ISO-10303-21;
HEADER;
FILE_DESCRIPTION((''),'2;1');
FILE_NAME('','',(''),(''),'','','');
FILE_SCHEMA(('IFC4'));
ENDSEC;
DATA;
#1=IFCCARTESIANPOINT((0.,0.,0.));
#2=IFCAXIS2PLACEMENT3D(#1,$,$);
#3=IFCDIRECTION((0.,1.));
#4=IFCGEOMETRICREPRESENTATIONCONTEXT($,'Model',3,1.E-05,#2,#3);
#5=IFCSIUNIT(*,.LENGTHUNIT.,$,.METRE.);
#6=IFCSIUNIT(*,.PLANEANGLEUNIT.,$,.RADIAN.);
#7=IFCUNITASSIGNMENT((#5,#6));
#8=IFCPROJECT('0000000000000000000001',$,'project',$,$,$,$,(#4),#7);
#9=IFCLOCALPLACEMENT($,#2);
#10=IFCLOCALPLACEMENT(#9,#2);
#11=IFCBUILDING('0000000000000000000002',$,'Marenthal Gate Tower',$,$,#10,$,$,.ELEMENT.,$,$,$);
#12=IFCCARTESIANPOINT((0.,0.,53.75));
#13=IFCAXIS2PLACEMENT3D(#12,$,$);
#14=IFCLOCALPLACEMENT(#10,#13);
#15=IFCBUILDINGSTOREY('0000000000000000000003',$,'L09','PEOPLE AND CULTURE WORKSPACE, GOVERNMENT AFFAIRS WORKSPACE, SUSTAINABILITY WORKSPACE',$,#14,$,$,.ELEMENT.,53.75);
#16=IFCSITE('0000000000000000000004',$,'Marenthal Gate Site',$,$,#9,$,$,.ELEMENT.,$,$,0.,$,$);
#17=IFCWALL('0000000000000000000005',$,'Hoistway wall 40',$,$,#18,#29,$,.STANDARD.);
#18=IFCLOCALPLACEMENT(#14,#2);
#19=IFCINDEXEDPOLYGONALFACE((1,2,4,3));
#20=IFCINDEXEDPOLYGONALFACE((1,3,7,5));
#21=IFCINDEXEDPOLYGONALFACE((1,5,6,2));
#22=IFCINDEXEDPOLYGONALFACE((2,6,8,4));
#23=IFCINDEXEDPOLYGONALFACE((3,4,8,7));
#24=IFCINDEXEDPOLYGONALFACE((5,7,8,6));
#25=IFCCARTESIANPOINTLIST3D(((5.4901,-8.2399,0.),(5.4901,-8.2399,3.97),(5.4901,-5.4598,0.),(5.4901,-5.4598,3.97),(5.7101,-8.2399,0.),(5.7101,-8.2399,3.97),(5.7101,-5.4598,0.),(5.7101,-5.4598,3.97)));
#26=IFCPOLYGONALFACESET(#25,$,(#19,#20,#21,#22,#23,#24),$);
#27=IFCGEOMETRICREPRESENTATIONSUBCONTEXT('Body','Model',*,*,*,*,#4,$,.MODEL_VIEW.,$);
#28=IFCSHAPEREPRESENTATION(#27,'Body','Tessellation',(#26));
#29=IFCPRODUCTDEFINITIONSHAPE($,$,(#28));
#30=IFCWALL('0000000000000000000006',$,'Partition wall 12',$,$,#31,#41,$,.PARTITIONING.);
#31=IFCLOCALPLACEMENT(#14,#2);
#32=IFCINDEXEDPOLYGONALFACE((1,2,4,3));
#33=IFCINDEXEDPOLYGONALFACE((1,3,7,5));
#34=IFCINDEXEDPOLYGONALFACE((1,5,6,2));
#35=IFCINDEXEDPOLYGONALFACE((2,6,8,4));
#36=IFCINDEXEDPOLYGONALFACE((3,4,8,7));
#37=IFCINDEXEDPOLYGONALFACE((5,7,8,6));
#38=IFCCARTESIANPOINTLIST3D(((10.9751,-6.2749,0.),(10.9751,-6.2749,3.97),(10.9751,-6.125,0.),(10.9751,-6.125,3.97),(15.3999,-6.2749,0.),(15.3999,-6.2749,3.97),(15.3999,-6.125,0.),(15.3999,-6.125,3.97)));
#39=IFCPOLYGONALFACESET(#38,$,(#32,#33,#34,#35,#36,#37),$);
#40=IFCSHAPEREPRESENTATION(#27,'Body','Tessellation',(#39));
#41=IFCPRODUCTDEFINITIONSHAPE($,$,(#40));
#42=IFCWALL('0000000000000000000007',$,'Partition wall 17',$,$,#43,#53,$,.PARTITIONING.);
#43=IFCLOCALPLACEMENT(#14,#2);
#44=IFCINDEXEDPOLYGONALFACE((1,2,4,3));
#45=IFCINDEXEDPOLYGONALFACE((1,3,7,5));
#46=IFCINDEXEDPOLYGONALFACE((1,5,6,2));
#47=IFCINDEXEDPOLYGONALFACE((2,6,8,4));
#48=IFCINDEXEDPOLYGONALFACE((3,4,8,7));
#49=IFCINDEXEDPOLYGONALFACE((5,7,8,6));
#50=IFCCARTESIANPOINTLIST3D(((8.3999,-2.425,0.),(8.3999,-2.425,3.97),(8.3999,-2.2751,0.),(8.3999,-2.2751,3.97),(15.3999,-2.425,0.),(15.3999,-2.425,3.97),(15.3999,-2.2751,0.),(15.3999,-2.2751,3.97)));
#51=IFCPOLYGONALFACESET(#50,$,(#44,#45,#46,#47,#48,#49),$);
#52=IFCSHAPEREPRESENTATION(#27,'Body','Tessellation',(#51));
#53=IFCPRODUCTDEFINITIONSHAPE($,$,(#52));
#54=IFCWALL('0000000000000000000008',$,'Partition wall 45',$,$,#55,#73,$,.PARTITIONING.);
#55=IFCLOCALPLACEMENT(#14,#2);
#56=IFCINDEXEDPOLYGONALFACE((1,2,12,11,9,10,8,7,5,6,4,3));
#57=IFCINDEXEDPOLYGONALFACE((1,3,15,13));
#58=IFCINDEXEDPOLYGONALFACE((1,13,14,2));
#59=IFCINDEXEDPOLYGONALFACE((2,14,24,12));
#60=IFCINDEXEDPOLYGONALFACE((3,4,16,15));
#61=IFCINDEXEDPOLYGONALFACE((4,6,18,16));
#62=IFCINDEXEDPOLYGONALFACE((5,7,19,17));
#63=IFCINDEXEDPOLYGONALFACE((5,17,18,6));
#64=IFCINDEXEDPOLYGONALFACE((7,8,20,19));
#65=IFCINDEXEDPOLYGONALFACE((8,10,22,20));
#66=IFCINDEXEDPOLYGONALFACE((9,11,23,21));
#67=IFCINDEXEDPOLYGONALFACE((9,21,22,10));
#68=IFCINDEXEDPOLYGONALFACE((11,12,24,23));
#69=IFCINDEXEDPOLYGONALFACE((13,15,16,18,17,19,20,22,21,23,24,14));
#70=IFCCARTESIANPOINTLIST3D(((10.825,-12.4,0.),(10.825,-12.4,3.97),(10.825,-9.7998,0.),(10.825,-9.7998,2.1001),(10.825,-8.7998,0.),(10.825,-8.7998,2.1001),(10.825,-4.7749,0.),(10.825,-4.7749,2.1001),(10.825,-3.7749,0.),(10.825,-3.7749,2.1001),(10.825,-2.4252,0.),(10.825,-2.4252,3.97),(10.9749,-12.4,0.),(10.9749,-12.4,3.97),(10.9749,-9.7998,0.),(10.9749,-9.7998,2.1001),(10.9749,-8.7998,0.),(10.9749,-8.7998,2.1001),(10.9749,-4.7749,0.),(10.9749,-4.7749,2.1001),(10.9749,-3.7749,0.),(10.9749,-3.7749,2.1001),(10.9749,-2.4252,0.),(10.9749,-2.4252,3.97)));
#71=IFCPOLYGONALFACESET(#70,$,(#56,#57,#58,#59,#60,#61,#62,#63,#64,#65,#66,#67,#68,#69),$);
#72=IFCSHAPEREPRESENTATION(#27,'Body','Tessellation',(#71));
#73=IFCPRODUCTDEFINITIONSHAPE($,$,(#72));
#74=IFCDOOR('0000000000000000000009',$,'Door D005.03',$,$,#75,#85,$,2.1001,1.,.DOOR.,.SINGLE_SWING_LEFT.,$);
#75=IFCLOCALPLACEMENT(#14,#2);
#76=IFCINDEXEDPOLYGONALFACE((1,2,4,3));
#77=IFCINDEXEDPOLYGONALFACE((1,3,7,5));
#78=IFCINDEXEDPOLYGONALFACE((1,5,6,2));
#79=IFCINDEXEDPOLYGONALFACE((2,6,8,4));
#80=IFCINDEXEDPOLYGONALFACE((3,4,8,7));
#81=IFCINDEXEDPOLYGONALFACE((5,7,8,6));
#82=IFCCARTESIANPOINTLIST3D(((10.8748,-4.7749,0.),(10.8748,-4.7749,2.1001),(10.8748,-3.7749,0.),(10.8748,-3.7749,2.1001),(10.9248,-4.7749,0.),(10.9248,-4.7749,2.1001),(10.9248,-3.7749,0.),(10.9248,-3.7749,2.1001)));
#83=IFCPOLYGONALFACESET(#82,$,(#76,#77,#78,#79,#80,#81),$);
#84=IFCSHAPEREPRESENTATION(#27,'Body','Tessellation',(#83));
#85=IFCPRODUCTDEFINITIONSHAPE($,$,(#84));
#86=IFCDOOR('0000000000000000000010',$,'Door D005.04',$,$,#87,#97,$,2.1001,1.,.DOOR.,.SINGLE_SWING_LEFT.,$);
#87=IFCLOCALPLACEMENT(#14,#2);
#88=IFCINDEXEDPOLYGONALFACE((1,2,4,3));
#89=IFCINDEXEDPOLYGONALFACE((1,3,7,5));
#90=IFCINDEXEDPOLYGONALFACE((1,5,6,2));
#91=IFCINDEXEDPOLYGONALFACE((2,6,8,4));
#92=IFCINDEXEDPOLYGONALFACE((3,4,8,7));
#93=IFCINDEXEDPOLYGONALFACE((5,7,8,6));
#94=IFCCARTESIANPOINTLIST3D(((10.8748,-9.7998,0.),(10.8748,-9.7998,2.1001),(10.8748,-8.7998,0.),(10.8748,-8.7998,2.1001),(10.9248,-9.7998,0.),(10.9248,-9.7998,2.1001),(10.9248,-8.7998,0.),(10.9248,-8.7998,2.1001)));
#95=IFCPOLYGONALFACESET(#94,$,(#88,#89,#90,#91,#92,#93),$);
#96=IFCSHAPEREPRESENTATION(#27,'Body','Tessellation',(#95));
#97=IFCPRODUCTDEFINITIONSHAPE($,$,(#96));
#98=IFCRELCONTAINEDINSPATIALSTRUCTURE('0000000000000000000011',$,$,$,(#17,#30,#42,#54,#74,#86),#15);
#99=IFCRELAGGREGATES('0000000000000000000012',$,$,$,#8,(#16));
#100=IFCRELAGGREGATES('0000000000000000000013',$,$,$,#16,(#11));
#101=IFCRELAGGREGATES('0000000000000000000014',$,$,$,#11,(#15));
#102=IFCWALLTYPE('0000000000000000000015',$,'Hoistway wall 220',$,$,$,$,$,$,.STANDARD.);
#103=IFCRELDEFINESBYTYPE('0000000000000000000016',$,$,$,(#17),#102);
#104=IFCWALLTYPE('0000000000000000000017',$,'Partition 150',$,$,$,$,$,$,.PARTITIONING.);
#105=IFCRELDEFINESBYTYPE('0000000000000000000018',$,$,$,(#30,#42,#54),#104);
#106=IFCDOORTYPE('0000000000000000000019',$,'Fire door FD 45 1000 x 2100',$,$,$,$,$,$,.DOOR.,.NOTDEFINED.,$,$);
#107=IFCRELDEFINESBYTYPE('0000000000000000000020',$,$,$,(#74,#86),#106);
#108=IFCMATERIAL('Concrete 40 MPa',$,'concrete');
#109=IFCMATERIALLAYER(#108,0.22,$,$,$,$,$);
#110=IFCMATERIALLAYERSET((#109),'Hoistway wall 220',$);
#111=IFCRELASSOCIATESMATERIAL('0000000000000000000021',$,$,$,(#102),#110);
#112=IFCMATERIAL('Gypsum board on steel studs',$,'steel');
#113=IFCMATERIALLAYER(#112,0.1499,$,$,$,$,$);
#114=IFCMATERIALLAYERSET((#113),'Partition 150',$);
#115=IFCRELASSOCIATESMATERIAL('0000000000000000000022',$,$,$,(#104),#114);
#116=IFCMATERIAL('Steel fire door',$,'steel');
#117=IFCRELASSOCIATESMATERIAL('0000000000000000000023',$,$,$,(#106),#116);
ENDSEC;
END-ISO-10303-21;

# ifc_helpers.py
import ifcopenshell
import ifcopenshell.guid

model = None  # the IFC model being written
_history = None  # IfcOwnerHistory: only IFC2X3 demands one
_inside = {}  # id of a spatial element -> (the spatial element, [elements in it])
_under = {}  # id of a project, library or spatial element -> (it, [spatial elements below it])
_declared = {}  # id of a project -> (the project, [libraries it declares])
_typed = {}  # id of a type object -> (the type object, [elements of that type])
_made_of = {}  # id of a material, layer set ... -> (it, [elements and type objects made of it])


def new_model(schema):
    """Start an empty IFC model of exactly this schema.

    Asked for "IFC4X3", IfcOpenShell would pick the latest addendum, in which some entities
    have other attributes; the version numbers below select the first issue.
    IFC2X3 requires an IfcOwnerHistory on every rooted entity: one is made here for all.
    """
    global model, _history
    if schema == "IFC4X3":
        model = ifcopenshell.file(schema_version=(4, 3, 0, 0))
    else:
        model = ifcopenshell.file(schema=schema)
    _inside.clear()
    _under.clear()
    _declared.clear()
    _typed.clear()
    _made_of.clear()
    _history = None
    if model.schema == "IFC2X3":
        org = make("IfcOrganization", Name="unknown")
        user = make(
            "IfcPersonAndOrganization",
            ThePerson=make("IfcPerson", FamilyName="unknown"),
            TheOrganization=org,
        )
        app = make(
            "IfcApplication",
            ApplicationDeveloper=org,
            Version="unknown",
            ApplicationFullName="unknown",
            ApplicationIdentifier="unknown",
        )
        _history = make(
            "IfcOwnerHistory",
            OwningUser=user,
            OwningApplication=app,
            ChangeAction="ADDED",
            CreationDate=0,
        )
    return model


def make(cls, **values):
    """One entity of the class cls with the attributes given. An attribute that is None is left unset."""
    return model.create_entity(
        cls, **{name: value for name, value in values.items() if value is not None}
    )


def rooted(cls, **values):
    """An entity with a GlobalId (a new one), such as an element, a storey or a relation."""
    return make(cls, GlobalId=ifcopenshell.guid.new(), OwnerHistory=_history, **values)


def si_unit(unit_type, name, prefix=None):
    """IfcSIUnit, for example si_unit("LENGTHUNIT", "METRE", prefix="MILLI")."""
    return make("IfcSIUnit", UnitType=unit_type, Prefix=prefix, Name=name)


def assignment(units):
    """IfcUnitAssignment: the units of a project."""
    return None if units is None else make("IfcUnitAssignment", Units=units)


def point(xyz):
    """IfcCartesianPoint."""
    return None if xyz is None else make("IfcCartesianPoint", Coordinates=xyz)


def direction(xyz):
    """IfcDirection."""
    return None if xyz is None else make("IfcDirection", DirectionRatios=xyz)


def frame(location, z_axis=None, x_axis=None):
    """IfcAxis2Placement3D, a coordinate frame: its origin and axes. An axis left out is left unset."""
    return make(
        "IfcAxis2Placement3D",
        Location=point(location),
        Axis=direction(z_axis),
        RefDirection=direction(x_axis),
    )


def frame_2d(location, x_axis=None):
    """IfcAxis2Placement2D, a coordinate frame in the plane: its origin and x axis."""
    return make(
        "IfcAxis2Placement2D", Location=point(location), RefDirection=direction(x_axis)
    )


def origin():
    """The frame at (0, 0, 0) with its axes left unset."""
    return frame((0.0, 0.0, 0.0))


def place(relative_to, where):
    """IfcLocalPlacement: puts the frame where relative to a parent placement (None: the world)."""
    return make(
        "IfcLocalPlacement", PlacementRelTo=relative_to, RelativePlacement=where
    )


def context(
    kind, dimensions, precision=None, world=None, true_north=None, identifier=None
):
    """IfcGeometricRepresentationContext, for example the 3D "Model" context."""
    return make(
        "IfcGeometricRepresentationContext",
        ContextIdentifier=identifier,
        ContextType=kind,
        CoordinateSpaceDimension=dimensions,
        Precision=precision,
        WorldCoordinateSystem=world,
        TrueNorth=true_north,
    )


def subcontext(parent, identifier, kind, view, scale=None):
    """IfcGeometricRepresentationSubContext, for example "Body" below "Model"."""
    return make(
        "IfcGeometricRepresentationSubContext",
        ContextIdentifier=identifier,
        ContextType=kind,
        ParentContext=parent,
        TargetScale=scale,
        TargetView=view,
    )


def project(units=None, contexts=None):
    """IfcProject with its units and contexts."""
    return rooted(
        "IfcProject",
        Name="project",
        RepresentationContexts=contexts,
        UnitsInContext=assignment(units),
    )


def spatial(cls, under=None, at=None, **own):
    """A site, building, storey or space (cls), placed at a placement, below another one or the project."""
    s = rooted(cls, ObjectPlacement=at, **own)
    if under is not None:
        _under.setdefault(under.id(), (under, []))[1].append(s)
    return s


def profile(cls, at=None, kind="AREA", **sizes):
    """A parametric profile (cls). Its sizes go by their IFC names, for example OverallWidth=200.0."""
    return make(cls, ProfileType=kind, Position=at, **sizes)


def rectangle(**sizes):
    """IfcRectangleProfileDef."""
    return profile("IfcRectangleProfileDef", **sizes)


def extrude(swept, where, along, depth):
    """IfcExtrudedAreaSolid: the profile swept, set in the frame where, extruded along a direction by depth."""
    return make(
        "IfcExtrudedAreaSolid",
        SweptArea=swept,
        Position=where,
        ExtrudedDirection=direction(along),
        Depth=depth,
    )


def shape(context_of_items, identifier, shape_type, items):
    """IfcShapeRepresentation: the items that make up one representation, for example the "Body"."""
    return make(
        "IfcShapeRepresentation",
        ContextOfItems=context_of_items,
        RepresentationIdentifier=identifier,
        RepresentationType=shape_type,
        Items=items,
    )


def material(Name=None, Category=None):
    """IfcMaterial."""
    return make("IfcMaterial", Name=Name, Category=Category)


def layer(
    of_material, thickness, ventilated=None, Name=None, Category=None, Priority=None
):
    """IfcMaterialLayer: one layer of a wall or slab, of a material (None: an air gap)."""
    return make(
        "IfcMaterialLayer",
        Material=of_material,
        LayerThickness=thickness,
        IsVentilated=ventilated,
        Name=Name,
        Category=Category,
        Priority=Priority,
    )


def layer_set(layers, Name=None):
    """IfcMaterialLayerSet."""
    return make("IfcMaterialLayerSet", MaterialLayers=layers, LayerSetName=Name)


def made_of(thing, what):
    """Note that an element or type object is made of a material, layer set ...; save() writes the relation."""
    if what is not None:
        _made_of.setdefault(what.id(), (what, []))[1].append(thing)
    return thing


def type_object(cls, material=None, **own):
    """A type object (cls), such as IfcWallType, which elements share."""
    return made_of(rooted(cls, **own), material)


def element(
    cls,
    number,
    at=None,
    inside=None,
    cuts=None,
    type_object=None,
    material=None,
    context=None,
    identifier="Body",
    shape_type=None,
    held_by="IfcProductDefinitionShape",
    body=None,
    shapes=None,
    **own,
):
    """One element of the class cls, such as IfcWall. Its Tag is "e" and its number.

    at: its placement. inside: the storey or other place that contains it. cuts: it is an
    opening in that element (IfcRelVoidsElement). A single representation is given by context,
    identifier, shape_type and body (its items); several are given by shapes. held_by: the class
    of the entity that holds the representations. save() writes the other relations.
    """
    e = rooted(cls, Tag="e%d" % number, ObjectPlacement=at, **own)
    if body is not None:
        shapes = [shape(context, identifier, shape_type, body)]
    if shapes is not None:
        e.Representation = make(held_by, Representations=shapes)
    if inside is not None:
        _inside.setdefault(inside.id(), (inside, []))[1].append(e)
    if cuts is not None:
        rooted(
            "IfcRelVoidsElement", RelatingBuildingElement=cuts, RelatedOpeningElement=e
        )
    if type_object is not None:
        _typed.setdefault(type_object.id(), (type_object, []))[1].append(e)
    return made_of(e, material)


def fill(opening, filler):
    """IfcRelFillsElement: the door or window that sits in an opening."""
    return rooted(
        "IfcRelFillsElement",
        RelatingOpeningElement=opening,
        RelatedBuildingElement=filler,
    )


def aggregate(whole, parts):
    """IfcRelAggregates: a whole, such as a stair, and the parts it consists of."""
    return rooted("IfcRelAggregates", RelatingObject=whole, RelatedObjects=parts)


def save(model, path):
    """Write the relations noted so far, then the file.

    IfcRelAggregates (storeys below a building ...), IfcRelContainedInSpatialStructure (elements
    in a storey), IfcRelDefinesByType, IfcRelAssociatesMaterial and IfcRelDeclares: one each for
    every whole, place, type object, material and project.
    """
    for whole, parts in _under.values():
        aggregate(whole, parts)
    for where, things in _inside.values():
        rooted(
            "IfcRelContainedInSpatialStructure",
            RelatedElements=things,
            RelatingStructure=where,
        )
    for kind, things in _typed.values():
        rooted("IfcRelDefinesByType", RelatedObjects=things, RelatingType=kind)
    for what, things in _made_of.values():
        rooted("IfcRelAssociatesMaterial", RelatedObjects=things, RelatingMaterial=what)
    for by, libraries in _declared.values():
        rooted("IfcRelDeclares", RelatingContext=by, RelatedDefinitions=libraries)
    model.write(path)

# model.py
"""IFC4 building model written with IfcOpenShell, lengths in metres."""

from ifc_helpers import new_model, si_unit, direction, frame, frame_2d, origin, place, context, subcontext, project, spatial, rectangle, extrude, material, layer, layer_set, type_object, element, fill, save


model = new_model("IFC4")

# Units and contexts
model_context = context("Model", 3, precision=1e-05, world=origin(), true_north=direction((0.0, 1.0)))
body_context = subcontext(model_context, "Body", "Model", "MODEL_VIEW")
ifc_project = project(units=[si_unit("LENGTHUNIT", "METRE"), si_unit("PLANEANGLEUNIT", "RADIAN")], contexts=[model_context])

# Site, building, storey
site_placement = place(None, origin())
site = spatial("IfcSite", under=ifc_project, at=site_placement, Name="Marenthal Gate Site", CompositionType="ELEMENT", RefElevation=0.0)
building_placement = place(site_placement, origin())
building = spatial("IfcBuilding", under=site, at=building_placement, Name="Marenthal Gate Tower", CompositionType="ELEMENT")
storey_placement = place(building_placement, frame((0.0, 0.0, 53.75)))
storey = spatial("IfcBuildingStorey", under=building, at=storey_placement, Name="L09", Description="PEOPLE AND CULTURE WORKSPACE, GOVERNMENT AFFAIRS WORKSPACE, SUSTAINABILITY WORKSPACE", CompositionType="ELEMENT", Elevation=53.75)

# Walls
ifc_material_1 = material(Name="Concrete 40 MPa", Category="concrete")
ifc_layer_1 = layer(ifc_material_1, 0.22)
ifc_layer_set_1 = layer_set([ifc_layer_1], Name="Hoistway wall 220")
wall_type_1 = type_object("IfcWallType", Name="Hoistway wall 220", PredefinedType="STANDARD", material=ifc_layer_set_1)
for number, where, z_axis, x_axis, name in (
    (1, (5.6001, -8.24, 0.0), (0.0, 0.0, 1.0), (0.0, 1.0, 0.0), "Hoistway wall 40"),
):
    element("IfcWall", number, at=place(storey_placement, frame(where, z_axis=z_axis, x_axis=x_axis)), inside=storey, type_object=wall_type_1, Name=name, PredefinedType="STANDARD", context=body_context, shape_type="SweptSolid", body=[
        extrude(rectangle(XDim=2.78, YDim=0.22, at=frame_2d((1.3901, 0.0))), origin(), (0.0, 0.0, 1.0), 3.97),
    ])
ifc_material_2 = material(Name="Gypsum board on steel studs", Category="steel")
ifc_layer_2 = layer(ifc_material_2, 0.1499)
ifc_layer_set_2 = layer_set([ifc_layer_2], Name="Partition 150")
wall_type_2 = type_object("IfcWallType", Name="Partition 150", PredefinedType="PARTITIONING", material=ifc_layer_set_2)
wall_1_placement = place(storey_placement, frame((10.9751, -6.2, 0.0), z_axis=(0.0, 0.0, 1.0), x_axis=(1.0, 0.0, 0.0)))
element("IfcWall", 2, at=wall_1_placement, inside=storey, type_object=wall_type_2, Name="Partition wall 12", PredefinedType="PARTITIONING", context=body_context, shape_type="SweptSolid", body=[
    extrude(rectangle(XDim=4.4248, YDim=0.1499, at=frame_2d((2.2124, 0.0))), origin(), (0.0, 0.0, 1.0), 3.97),
])
wall_2_placement = place(storey_placement, frame((8.3999, -2.3501, 0.0), z_axis=(0.0, 0.0, 1.0), x_axis=(1.0, 0.0, 0.0)))
element("IfcWall", 3, at=wall_2_placement, inside=storey, type_object=wall_type_2, Name="Partition wall 17", PredefinedType="PARTITIONING", context=body_context, shape_type="SweptSolid", body=[
    extrude(rectangle(XDim=7.0, YDim=0.1499, at=frame_2d((3.5, 0.0))), origin(), (0.0, 0.0, 1.0), 3.97),
])

# Wall, openings, doors
wall_3_placement = place(storey_placement, frame((10.8999, -12.3999, 0.0), z_axis=(0.0, 0.0, 1.0), x_axis=(0.0, 1.0, 0.0)))
wall_3 = element("IfcWall", 4, at=wall_3_placement, inside=storey, type_object=wall_type_2, Name="Partition wall 45", PredefinedType="PARTITIONING", context=body_context, shape_type="SweptSolid", body=[
    extrude(rectangle(XDim=9.9749, YDim=0.1499, at=frame_2d((4.9873, 0.0))), origin(), (0.0, 0.0, 1.0), 3.97),
])
opening_1_placement = place(wall_3_placement, frame((7.625, 0.0, 0.0)))
opening_1 = element("IfcOpeningElement", 5, at=opening_1_placement, cuts=wall_3, PredefinedType="OPENING", context=body_context, shape_type="SweptSolid", body=[
    extrude(rectangle(XDim=1.0, YDim=2.1001, at=frame_2d((0.5, 1.05))), frame((0.0, 0.085, 0.0), z_axis=(0.0, -1.0, 0.0), x_axis=(1.0, 0.0, 0.0)), (0.0, 0.0, 1.0), 0.1699),
])
opening_2_placement = place(wall_3_placement, frame((2.6001, 0.0, 0.0)))
opening_2 = element("IfcOpeningElement", 6, at=opening_2_placement, cuts=wall_3, PredefinedType="OPENING", context=body_context, shape_type="SweptSolid", body=[
    extrude(rectangle(XDim=1.0, YDim=2.1001, at=frame_2d((0.5, 1.05))), frame((0.0, 0.085, 0.0), z_axis=(0.0, -1.0, 0.0), x_axis=(1.0, 0.0, 0.0)), (0.0, 0.0, 1.0), 0.1699),
])
ifc_material_3 = material(Name="Steel fire door", Category="steel")
door_type_1 = type_object("IfcDoorType", Name="Fire door FD 45 1000 x 2100", OperationType="NOTDEFINED", PredefinedType="DOOR", material=ifc_material_3)
door_1_placement = place(opening_1_placement, frame((1.0, 0.0, 0.0), z_axis=(0.0, 0.0, 1.0), x_axis=(-1.0, 0.0, 0.0)))
door_1 = element("IfcDoor", 7, at=door_1_placement, inside=storey, type_object=door_type_1, Name="Door D005.03", OperationType="SINGLE_SWING_LEFT", OverallHeight=2.1001, OverallWidth=1.0, PredefinedType="DOOR", context=body_context, shape_type="SweptSolid", body=[
    extrude(rectangle(XDim=1.0, YDim=2.1001, at=frame_2d((0.5, 1.05))), frame((0.0, 0.0249, 0.0), z_axis=(0.0, -1.0, 0.0), x_axis=(1.0, 0.0, 0.0)), (0.0, 0.0, 1.0), 0.05),
])
fill(opening_1, door_1)
door_2_placement = place(opening_2_placement, frame((1.0, 0.0, 0.0), z_axis=(0.0, 0.0, 1.0), x_axis=(-1.0, 0.0, 0.0)))
door_2 = element("IfcDoor", 8, at=door_2_placement, inside=storey, type_object=door_type_1, Name="Door D005.04", OperationType="SINGLE_SWING_LEFT", OverallHeight=2.1001, OverallWidth=1.0, PredefinedType="DOOR", context=body_context, shape_type="SweptSolid", body=[
    extrude(rectangle(XDim=1.0, YDim=2.1001, at=frame_2d((0.5, 1.05))), frame((0.0, 0.0249, 0.0), z_axis=(0.0, -1.0, 0.0), x_axis=(1.0, 0.0, 0.0)), (0.0, 0.0, 1.0), 0.05),
])
fill(opening_2, door_2)

save(model, "model.ifc")
